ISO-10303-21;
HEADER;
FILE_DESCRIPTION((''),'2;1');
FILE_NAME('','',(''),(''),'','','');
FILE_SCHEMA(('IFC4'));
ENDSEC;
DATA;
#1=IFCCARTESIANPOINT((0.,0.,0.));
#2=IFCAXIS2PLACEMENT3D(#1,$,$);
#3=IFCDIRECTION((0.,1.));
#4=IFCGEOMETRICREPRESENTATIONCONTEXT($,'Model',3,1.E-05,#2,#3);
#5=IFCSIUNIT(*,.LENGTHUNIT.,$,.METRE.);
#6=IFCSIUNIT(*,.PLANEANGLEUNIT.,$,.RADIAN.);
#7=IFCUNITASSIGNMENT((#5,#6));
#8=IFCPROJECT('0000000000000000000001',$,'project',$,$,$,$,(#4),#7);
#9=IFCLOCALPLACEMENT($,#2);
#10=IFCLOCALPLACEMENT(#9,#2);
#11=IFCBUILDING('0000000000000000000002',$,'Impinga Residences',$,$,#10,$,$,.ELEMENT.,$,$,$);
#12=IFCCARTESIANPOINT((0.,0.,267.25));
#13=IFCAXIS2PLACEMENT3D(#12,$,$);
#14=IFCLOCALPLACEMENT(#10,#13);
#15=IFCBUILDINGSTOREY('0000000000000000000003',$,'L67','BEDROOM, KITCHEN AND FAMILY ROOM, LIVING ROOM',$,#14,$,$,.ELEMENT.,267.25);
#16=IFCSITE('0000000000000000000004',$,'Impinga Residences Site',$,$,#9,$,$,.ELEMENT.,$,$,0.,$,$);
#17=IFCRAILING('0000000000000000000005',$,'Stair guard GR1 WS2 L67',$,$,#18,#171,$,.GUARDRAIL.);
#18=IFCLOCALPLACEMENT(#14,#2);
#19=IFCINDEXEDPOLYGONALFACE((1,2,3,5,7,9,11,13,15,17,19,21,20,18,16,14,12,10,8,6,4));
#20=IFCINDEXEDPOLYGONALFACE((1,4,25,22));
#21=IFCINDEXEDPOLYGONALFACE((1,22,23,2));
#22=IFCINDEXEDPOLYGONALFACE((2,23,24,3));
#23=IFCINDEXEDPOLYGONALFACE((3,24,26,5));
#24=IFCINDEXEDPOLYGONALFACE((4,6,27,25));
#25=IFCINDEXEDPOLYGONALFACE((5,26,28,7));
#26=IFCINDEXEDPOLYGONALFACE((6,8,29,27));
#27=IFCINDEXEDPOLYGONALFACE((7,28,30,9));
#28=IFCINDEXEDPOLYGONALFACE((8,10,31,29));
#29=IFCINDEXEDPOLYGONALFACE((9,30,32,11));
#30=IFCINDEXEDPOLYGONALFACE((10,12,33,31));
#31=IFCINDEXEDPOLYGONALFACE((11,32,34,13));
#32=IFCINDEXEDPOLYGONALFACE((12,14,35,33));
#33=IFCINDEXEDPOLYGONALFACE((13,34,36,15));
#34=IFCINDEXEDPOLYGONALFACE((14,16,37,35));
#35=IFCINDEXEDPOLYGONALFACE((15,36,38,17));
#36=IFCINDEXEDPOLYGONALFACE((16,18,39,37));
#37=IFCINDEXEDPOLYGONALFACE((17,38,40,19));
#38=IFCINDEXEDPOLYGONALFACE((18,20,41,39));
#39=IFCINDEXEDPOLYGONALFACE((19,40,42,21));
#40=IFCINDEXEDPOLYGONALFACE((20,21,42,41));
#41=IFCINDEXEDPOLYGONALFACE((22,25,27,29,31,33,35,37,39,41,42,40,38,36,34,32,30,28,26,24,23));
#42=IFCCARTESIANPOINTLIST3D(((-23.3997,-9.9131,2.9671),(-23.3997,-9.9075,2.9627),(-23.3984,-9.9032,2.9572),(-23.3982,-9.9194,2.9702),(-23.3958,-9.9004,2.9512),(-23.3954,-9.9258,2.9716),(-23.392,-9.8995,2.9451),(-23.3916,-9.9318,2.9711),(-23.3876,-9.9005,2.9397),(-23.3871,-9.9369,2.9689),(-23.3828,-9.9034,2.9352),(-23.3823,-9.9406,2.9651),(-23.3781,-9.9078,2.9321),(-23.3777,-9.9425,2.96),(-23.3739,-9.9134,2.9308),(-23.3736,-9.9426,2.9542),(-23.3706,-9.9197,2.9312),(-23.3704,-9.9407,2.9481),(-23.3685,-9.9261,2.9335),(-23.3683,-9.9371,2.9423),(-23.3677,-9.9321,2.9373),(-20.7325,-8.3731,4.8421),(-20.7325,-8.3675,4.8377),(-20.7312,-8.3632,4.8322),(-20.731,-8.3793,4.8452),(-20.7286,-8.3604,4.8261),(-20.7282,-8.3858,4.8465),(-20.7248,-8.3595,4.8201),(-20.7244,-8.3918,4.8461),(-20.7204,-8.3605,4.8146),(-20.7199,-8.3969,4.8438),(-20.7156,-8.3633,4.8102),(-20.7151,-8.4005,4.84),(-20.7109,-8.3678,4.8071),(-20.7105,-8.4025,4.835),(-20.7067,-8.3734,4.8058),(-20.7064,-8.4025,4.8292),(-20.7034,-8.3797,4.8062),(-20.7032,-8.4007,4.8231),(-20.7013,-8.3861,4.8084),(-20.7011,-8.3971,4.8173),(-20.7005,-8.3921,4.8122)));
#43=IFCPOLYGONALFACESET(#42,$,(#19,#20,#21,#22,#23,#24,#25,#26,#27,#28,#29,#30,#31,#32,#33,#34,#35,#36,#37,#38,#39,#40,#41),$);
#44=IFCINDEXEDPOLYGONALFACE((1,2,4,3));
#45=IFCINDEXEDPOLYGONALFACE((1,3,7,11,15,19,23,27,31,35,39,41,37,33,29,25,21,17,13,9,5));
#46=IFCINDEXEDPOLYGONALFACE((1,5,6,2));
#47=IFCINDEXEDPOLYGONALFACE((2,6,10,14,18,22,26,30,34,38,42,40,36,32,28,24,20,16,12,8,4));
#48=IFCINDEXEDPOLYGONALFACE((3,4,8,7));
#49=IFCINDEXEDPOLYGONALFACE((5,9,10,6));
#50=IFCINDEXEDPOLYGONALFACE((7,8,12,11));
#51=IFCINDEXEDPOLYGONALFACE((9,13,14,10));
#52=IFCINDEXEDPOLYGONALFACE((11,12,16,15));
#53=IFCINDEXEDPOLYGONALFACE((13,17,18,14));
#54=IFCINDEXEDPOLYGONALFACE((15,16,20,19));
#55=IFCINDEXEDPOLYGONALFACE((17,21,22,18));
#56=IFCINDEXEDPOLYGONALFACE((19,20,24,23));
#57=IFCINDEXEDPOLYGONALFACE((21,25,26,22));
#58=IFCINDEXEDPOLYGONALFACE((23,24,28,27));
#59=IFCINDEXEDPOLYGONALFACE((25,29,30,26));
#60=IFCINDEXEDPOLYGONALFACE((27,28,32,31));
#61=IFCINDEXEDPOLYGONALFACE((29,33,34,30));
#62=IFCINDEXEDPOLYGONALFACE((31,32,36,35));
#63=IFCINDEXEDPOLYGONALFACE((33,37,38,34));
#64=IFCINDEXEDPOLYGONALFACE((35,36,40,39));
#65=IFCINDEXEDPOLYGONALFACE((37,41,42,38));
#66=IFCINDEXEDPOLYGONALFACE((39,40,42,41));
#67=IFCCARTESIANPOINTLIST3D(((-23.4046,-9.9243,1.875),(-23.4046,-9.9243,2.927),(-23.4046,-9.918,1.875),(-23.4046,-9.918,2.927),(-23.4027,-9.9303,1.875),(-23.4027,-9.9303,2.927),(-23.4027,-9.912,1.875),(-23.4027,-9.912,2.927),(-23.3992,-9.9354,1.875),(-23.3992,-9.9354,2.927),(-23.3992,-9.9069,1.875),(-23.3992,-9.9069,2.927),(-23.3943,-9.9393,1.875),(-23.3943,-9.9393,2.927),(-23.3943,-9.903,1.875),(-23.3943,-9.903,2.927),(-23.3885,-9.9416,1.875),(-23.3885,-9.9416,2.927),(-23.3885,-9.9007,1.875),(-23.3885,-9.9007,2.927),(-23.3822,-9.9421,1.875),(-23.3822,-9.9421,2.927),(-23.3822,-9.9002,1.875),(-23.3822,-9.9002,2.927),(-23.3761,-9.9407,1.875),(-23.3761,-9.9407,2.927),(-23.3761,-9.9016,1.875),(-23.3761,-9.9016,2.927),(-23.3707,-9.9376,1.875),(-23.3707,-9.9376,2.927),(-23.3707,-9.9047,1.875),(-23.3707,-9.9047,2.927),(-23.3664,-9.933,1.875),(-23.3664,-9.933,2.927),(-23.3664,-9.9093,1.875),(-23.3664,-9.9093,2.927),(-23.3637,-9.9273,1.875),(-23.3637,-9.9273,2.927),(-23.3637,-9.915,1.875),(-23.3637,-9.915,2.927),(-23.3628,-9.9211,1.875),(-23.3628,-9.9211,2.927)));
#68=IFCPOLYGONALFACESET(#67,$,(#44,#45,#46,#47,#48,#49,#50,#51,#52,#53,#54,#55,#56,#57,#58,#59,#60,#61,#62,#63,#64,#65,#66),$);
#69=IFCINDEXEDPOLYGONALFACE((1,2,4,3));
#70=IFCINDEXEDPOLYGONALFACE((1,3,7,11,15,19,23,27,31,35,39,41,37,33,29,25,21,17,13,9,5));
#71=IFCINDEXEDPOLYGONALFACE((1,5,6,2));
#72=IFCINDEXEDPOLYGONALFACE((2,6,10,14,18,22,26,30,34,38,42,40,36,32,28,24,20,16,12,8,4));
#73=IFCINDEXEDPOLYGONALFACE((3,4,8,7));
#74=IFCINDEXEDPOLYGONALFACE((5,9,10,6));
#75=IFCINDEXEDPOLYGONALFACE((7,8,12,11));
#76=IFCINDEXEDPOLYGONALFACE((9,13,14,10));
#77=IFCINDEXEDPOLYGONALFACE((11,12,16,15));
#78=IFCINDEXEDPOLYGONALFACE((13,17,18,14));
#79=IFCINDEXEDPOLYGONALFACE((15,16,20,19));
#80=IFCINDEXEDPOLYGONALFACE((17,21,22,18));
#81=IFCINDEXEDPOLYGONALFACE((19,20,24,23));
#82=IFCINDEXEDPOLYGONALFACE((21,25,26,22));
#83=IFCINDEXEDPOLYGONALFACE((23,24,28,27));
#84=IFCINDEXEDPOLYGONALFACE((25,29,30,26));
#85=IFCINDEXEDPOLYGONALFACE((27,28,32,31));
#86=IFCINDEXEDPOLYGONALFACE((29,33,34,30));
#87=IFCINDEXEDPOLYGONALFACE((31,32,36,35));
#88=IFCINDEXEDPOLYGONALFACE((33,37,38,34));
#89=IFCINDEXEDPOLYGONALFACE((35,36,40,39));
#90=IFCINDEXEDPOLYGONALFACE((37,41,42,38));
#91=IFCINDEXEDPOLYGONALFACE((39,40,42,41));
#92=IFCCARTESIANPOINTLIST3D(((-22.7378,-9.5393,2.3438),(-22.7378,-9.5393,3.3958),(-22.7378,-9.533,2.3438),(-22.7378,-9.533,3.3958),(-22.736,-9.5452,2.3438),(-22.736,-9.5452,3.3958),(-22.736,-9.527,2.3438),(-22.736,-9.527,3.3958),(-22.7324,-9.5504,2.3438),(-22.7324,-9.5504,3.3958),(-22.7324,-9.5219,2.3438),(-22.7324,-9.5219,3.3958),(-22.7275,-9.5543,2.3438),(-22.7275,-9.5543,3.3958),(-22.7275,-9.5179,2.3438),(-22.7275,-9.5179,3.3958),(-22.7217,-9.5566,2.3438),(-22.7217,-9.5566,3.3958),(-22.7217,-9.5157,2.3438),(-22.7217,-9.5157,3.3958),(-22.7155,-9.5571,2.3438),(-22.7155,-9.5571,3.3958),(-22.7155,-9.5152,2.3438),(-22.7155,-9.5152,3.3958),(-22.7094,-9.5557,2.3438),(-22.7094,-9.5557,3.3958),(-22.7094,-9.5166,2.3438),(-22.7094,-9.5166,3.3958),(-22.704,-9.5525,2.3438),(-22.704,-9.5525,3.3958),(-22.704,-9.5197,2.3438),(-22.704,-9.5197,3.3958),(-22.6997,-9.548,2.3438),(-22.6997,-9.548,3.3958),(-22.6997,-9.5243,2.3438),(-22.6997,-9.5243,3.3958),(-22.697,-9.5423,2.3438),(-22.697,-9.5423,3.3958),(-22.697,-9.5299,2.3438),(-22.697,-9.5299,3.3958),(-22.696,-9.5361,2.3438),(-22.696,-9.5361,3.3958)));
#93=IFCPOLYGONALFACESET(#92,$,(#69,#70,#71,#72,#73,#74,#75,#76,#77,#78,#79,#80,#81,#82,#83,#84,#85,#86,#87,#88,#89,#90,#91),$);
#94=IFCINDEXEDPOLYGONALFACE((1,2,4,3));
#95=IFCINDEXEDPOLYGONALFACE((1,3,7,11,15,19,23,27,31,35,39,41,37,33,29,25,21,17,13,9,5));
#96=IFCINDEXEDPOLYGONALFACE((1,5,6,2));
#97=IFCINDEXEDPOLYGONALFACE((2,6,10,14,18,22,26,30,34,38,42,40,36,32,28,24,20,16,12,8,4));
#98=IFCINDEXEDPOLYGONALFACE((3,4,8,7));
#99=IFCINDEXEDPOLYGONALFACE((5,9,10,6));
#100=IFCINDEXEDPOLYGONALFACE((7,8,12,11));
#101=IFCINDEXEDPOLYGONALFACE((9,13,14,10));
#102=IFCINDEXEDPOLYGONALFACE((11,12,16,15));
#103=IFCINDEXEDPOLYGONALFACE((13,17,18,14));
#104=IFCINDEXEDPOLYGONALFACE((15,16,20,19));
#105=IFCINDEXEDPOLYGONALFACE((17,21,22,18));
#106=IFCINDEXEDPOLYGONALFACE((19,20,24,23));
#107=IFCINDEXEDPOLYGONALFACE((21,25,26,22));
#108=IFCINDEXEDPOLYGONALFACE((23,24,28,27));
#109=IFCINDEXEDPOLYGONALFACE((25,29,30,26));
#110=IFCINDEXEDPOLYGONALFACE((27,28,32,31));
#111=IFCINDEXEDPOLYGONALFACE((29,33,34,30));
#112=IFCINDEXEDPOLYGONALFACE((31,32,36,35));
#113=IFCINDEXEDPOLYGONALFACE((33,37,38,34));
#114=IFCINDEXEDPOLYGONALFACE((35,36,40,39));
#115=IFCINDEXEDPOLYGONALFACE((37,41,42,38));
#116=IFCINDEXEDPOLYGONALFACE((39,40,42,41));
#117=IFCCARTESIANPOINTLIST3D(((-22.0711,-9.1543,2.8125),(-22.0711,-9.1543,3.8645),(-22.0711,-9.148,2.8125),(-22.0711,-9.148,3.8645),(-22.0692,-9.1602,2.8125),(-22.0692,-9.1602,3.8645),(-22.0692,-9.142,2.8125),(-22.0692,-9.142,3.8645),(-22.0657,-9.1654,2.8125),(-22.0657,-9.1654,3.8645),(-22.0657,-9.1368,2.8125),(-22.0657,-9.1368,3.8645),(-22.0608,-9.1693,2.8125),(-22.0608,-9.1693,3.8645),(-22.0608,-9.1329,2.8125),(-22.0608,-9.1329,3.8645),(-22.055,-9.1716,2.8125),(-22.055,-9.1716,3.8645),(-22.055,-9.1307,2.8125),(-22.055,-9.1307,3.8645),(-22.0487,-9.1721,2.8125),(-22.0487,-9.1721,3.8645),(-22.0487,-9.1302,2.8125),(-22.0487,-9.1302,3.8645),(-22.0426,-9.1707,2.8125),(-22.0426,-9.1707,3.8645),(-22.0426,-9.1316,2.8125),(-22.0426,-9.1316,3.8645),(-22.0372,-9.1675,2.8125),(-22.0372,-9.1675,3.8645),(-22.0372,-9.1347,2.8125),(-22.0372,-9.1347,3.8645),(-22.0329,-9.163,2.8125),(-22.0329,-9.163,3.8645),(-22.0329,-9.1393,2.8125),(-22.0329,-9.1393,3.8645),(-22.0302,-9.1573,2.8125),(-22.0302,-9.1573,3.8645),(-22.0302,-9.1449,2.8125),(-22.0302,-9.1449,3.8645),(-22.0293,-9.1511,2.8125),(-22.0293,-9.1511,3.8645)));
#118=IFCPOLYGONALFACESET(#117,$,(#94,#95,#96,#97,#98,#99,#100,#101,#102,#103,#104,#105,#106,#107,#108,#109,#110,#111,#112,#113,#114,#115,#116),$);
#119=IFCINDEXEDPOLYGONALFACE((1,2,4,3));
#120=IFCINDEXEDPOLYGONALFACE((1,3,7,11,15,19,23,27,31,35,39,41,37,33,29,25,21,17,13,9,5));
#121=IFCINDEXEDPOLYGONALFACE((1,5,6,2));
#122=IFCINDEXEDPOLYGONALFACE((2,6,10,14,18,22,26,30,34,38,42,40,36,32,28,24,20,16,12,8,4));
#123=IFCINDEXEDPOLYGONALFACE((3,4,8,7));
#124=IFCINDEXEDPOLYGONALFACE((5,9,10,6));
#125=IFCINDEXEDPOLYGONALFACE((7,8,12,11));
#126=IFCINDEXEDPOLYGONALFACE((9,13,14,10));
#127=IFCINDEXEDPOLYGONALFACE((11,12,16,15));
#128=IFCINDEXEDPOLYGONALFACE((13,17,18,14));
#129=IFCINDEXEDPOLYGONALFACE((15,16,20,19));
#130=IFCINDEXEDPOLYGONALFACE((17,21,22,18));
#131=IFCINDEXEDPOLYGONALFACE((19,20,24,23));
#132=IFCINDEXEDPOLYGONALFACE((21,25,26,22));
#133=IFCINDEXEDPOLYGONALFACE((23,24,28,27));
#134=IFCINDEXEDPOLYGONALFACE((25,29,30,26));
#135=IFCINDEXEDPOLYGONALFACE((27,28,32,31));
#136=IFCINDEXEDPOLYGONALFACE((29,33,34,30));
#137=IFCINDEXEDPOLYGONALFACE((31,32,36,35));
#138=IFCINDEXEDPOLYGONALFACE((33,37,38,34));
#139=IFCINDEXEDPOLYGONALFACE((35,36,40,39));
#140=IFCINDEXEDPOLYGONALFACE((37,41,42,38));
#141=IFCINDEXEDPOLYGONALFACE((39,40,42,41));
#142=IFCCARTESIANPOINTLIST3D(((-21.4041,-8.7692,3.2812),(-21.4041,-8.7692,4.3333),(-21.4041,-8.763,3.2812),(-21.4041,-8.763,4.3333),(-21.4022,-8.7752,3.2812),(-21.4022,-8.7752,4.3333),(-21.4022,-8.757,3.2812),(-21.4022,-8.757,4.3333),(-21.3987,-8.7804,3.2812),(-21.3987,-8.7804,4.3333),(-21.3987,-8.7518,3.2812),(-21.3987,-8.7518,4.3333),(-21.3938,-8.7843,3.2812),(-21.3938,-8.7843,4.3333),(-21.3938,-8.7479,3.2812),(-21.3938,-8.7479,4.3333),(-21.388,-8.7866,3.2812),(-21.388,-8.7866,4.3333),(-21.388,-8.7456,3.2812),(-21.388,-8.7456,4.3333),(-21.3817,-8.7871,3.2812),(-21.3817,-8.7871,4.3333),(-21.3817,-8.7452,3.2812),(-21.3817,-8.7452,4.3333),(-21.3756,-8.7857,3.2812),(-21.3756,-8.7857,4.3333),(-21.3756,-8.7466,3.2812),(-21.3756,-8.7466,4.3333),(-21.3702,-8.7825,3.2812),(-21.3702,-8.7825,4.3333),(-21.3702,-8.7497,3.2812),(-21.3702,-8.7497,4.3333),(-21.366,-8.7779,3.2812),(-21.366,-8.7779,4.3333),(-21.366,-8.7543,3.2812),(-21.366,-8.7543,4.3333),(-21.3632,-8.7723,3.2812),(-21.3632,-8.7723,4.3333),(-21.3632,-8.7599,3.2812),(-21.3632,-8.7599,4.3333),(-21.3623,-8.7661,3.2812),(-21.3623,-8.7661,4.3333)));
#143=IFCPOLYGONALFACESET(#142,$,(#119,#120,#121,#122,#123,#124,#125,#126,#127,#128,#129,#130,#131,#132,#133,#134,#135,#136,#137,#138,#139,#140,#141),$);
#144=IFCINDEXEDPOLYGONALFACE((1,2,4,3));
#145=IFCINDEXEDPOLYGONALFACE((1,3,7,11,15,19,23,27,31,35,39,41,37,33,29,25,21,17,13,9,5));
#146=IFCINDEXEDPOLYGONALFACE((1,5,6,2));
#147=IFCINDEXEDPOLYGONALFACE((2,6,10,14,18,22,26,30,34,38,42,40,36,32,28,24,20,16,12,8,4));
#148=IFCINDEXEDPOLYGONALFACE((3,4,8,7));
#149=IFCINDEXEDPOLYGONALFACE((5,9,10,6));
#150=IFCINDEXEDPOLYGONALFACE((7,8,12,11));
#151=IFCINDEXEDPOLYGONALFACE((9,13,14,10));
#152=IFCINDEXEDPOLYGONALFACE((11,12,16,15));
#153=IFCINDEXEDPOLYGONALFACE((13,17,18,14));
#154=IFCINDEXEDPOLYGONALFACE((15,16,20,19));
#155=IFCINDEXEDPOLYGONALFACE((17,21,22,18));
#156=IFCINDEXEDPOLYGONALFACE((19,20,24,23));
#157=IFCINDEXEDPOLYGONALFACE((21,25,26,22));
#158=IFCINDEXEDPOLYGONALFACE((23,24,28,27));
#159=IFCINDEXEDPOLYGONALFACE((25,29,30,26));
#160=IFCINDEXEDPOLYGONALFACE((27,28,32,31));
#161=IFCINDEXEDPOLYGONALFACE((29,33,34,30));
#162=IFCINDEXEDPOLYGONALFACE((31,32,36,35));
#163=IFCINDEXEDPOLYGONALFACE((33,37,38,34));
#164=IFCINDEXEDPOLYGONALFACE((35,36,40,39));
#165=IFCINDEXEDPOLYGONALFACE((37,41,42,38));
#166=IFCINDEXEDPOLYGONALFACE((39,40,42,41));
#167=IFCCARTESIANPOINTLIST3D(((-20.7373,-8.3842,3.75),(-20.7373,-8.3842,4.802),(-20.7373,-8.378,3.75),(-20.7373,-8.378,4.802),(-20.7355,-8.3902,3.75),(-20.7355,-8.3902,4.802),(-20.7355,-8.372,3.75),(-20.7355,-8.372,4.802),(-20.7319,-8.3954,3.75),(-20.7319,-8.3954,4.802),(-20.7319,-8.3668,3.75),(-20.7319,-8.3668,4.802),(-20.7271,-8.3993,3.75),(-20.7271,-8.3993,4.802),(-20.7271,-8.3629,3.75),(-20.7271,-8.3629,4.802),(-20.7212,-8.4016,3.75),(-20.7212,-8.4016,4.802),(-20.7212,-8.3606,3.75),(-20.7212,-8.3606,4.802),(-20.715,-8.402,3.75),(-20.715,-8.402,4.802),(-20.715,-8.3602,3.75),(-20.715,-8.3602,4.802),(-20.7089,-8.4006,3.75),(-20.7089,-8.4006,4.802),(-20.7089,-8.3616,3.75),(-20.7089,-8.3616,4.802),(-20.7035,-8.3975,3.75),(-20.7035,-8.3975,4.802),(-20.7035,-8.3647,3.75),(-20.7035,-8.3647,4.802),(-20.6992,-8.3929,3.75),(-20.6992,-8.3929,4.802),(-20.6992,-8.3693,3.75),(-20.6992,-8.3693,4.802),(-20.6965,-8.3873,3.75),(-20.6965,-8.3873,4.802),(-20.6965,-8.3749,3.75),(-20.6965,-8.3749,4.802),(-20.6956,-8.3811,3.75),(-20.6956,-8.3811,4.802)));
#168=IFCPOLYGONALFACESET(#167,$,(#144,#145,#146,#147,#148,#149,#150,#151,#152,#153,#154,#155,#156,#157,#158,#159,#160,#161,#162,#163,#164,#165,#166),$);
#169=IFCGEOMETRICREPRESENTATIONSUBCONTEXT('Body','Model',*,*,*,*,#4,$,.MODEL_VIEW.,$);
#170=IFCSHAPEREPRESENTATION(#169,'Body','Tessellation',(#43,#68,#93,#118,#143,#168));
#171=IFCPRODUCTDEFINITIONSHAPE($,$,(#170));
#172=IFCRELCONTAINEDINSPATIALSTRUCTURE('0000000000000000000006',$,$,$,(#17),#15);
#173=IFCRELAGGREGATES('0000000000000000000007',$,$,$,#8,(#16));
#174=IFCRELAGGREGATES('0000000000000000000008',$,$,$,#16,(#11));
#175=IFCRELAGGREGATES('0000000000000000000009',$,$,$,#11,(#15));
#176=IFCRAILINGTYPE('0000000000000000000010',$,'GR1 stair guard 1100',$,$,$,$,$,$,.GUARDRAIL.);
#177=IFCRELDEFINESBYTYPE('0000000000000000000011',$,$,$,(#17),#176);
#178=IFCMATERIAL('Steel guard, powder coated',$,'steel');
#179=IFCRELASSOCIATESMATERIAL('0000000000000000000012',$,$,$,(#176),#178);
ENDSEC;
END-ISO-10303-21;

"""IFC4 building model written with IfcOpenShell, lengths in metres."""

from ifc_helpers import new_model, si_unit, direction, frame, origin, origin_2d, place, context, subcontext, project, spatial, circle, extrude, material, type_object, element, save


model = new_model("IFC4")

# Units and contexts
model_context = context("Model", 3, precision=1e-05, world=origin(), true_north=direction((0.0, 1.0)))
body_context = subcontext(model_context, "Body", "Model", "MODEL_VIEW")
ifc_project = project(units=[si_unit("LENGTHUNIT", "METRE"), si_unit("PLANEANGLEUNIT", "RADIAN")], contexts=[model_context])

# Site, building, storey
site_placement = place(None, origin())
site = spatial("IfcSite", under=ifc_project, at=site_placement, Name="Impinga Residences Site", CompositionType="ELEMENT", RefElevation=0.0)
building_placement = place(site_placement, origin())
building = spatial("IfcBuilding", under=site, at=building_placement, Name="Impinga Residences", CompositionType="ELEMENT")
storey_placement = place(building_placement, frame((0.0, 0.0, 267.25)))
storey = spatial("IfcBuildingStorey", under=building, at=storey_placement, Name="L67", Description="BEDROOM, KITCHEN AND FAMILY ROOM, LIVING ROOM", CompositionType="ELEMENT", Elevation=267.25)

# Railing
ifc_material_1 = material(Name="Steel guard, powder coated", Category="steel")
railing_type_1 = type_object("IfcRailingType", Name="GR1 stair guard 1100", PredefinedType="GUARDRAIL", material=ifc_material_1)
railing_1_placement = place(storey_placement, frame((-23.3838, -9.9211, 1.875)))
element("IfcRailing", 1, at=railing_1_placement, inside=storey, type_object=railing_type_1, Name="Stair guard GR1 WS2 L67", PredefinedType="GUARDRAIL", context=body_context, shape_type="SweptSolid", body=[
    extrude(circle(Radius=0.0239, at=origin_2d()), frame((0.0, 0.0, 1.0762), z_axis=(0.739716, 0.427105, 0.520002), x_axis=(-0.500027, 0.86601, 0.0)), (0.0, 0.0, 1.0), 3.6057),
    extrude(circle(Radius=0.021, at=origin_2d()), origin(), (0.0, 0.0, 1.0), 1.052),
    extrude(circle(Radius=0.021, at=origin_2d()), frame((0.6667, 0.385, 0.4688)), (0.0, 0.0, 1.0), 1.052),
    extrude(circle(Radius=0.021, at=origin_2d()), frame((1.3335, 0.77, 0.9375)), (0.0, 0.0, 1.0), 1.052),
    extrude(circle(Radius=0.021, at=origin_2d()), frame((2.0005, 1.155, 1.4062)), (0.0, 0.0, 1.0), 1.052),
    extrude(circle(Radius=0.021, at=origin_2d()), frame((2.6672, 1.54, 1.875)), (0.0, 0.0, 1.0), 1.052),
])

save(model, "model.ifc")
